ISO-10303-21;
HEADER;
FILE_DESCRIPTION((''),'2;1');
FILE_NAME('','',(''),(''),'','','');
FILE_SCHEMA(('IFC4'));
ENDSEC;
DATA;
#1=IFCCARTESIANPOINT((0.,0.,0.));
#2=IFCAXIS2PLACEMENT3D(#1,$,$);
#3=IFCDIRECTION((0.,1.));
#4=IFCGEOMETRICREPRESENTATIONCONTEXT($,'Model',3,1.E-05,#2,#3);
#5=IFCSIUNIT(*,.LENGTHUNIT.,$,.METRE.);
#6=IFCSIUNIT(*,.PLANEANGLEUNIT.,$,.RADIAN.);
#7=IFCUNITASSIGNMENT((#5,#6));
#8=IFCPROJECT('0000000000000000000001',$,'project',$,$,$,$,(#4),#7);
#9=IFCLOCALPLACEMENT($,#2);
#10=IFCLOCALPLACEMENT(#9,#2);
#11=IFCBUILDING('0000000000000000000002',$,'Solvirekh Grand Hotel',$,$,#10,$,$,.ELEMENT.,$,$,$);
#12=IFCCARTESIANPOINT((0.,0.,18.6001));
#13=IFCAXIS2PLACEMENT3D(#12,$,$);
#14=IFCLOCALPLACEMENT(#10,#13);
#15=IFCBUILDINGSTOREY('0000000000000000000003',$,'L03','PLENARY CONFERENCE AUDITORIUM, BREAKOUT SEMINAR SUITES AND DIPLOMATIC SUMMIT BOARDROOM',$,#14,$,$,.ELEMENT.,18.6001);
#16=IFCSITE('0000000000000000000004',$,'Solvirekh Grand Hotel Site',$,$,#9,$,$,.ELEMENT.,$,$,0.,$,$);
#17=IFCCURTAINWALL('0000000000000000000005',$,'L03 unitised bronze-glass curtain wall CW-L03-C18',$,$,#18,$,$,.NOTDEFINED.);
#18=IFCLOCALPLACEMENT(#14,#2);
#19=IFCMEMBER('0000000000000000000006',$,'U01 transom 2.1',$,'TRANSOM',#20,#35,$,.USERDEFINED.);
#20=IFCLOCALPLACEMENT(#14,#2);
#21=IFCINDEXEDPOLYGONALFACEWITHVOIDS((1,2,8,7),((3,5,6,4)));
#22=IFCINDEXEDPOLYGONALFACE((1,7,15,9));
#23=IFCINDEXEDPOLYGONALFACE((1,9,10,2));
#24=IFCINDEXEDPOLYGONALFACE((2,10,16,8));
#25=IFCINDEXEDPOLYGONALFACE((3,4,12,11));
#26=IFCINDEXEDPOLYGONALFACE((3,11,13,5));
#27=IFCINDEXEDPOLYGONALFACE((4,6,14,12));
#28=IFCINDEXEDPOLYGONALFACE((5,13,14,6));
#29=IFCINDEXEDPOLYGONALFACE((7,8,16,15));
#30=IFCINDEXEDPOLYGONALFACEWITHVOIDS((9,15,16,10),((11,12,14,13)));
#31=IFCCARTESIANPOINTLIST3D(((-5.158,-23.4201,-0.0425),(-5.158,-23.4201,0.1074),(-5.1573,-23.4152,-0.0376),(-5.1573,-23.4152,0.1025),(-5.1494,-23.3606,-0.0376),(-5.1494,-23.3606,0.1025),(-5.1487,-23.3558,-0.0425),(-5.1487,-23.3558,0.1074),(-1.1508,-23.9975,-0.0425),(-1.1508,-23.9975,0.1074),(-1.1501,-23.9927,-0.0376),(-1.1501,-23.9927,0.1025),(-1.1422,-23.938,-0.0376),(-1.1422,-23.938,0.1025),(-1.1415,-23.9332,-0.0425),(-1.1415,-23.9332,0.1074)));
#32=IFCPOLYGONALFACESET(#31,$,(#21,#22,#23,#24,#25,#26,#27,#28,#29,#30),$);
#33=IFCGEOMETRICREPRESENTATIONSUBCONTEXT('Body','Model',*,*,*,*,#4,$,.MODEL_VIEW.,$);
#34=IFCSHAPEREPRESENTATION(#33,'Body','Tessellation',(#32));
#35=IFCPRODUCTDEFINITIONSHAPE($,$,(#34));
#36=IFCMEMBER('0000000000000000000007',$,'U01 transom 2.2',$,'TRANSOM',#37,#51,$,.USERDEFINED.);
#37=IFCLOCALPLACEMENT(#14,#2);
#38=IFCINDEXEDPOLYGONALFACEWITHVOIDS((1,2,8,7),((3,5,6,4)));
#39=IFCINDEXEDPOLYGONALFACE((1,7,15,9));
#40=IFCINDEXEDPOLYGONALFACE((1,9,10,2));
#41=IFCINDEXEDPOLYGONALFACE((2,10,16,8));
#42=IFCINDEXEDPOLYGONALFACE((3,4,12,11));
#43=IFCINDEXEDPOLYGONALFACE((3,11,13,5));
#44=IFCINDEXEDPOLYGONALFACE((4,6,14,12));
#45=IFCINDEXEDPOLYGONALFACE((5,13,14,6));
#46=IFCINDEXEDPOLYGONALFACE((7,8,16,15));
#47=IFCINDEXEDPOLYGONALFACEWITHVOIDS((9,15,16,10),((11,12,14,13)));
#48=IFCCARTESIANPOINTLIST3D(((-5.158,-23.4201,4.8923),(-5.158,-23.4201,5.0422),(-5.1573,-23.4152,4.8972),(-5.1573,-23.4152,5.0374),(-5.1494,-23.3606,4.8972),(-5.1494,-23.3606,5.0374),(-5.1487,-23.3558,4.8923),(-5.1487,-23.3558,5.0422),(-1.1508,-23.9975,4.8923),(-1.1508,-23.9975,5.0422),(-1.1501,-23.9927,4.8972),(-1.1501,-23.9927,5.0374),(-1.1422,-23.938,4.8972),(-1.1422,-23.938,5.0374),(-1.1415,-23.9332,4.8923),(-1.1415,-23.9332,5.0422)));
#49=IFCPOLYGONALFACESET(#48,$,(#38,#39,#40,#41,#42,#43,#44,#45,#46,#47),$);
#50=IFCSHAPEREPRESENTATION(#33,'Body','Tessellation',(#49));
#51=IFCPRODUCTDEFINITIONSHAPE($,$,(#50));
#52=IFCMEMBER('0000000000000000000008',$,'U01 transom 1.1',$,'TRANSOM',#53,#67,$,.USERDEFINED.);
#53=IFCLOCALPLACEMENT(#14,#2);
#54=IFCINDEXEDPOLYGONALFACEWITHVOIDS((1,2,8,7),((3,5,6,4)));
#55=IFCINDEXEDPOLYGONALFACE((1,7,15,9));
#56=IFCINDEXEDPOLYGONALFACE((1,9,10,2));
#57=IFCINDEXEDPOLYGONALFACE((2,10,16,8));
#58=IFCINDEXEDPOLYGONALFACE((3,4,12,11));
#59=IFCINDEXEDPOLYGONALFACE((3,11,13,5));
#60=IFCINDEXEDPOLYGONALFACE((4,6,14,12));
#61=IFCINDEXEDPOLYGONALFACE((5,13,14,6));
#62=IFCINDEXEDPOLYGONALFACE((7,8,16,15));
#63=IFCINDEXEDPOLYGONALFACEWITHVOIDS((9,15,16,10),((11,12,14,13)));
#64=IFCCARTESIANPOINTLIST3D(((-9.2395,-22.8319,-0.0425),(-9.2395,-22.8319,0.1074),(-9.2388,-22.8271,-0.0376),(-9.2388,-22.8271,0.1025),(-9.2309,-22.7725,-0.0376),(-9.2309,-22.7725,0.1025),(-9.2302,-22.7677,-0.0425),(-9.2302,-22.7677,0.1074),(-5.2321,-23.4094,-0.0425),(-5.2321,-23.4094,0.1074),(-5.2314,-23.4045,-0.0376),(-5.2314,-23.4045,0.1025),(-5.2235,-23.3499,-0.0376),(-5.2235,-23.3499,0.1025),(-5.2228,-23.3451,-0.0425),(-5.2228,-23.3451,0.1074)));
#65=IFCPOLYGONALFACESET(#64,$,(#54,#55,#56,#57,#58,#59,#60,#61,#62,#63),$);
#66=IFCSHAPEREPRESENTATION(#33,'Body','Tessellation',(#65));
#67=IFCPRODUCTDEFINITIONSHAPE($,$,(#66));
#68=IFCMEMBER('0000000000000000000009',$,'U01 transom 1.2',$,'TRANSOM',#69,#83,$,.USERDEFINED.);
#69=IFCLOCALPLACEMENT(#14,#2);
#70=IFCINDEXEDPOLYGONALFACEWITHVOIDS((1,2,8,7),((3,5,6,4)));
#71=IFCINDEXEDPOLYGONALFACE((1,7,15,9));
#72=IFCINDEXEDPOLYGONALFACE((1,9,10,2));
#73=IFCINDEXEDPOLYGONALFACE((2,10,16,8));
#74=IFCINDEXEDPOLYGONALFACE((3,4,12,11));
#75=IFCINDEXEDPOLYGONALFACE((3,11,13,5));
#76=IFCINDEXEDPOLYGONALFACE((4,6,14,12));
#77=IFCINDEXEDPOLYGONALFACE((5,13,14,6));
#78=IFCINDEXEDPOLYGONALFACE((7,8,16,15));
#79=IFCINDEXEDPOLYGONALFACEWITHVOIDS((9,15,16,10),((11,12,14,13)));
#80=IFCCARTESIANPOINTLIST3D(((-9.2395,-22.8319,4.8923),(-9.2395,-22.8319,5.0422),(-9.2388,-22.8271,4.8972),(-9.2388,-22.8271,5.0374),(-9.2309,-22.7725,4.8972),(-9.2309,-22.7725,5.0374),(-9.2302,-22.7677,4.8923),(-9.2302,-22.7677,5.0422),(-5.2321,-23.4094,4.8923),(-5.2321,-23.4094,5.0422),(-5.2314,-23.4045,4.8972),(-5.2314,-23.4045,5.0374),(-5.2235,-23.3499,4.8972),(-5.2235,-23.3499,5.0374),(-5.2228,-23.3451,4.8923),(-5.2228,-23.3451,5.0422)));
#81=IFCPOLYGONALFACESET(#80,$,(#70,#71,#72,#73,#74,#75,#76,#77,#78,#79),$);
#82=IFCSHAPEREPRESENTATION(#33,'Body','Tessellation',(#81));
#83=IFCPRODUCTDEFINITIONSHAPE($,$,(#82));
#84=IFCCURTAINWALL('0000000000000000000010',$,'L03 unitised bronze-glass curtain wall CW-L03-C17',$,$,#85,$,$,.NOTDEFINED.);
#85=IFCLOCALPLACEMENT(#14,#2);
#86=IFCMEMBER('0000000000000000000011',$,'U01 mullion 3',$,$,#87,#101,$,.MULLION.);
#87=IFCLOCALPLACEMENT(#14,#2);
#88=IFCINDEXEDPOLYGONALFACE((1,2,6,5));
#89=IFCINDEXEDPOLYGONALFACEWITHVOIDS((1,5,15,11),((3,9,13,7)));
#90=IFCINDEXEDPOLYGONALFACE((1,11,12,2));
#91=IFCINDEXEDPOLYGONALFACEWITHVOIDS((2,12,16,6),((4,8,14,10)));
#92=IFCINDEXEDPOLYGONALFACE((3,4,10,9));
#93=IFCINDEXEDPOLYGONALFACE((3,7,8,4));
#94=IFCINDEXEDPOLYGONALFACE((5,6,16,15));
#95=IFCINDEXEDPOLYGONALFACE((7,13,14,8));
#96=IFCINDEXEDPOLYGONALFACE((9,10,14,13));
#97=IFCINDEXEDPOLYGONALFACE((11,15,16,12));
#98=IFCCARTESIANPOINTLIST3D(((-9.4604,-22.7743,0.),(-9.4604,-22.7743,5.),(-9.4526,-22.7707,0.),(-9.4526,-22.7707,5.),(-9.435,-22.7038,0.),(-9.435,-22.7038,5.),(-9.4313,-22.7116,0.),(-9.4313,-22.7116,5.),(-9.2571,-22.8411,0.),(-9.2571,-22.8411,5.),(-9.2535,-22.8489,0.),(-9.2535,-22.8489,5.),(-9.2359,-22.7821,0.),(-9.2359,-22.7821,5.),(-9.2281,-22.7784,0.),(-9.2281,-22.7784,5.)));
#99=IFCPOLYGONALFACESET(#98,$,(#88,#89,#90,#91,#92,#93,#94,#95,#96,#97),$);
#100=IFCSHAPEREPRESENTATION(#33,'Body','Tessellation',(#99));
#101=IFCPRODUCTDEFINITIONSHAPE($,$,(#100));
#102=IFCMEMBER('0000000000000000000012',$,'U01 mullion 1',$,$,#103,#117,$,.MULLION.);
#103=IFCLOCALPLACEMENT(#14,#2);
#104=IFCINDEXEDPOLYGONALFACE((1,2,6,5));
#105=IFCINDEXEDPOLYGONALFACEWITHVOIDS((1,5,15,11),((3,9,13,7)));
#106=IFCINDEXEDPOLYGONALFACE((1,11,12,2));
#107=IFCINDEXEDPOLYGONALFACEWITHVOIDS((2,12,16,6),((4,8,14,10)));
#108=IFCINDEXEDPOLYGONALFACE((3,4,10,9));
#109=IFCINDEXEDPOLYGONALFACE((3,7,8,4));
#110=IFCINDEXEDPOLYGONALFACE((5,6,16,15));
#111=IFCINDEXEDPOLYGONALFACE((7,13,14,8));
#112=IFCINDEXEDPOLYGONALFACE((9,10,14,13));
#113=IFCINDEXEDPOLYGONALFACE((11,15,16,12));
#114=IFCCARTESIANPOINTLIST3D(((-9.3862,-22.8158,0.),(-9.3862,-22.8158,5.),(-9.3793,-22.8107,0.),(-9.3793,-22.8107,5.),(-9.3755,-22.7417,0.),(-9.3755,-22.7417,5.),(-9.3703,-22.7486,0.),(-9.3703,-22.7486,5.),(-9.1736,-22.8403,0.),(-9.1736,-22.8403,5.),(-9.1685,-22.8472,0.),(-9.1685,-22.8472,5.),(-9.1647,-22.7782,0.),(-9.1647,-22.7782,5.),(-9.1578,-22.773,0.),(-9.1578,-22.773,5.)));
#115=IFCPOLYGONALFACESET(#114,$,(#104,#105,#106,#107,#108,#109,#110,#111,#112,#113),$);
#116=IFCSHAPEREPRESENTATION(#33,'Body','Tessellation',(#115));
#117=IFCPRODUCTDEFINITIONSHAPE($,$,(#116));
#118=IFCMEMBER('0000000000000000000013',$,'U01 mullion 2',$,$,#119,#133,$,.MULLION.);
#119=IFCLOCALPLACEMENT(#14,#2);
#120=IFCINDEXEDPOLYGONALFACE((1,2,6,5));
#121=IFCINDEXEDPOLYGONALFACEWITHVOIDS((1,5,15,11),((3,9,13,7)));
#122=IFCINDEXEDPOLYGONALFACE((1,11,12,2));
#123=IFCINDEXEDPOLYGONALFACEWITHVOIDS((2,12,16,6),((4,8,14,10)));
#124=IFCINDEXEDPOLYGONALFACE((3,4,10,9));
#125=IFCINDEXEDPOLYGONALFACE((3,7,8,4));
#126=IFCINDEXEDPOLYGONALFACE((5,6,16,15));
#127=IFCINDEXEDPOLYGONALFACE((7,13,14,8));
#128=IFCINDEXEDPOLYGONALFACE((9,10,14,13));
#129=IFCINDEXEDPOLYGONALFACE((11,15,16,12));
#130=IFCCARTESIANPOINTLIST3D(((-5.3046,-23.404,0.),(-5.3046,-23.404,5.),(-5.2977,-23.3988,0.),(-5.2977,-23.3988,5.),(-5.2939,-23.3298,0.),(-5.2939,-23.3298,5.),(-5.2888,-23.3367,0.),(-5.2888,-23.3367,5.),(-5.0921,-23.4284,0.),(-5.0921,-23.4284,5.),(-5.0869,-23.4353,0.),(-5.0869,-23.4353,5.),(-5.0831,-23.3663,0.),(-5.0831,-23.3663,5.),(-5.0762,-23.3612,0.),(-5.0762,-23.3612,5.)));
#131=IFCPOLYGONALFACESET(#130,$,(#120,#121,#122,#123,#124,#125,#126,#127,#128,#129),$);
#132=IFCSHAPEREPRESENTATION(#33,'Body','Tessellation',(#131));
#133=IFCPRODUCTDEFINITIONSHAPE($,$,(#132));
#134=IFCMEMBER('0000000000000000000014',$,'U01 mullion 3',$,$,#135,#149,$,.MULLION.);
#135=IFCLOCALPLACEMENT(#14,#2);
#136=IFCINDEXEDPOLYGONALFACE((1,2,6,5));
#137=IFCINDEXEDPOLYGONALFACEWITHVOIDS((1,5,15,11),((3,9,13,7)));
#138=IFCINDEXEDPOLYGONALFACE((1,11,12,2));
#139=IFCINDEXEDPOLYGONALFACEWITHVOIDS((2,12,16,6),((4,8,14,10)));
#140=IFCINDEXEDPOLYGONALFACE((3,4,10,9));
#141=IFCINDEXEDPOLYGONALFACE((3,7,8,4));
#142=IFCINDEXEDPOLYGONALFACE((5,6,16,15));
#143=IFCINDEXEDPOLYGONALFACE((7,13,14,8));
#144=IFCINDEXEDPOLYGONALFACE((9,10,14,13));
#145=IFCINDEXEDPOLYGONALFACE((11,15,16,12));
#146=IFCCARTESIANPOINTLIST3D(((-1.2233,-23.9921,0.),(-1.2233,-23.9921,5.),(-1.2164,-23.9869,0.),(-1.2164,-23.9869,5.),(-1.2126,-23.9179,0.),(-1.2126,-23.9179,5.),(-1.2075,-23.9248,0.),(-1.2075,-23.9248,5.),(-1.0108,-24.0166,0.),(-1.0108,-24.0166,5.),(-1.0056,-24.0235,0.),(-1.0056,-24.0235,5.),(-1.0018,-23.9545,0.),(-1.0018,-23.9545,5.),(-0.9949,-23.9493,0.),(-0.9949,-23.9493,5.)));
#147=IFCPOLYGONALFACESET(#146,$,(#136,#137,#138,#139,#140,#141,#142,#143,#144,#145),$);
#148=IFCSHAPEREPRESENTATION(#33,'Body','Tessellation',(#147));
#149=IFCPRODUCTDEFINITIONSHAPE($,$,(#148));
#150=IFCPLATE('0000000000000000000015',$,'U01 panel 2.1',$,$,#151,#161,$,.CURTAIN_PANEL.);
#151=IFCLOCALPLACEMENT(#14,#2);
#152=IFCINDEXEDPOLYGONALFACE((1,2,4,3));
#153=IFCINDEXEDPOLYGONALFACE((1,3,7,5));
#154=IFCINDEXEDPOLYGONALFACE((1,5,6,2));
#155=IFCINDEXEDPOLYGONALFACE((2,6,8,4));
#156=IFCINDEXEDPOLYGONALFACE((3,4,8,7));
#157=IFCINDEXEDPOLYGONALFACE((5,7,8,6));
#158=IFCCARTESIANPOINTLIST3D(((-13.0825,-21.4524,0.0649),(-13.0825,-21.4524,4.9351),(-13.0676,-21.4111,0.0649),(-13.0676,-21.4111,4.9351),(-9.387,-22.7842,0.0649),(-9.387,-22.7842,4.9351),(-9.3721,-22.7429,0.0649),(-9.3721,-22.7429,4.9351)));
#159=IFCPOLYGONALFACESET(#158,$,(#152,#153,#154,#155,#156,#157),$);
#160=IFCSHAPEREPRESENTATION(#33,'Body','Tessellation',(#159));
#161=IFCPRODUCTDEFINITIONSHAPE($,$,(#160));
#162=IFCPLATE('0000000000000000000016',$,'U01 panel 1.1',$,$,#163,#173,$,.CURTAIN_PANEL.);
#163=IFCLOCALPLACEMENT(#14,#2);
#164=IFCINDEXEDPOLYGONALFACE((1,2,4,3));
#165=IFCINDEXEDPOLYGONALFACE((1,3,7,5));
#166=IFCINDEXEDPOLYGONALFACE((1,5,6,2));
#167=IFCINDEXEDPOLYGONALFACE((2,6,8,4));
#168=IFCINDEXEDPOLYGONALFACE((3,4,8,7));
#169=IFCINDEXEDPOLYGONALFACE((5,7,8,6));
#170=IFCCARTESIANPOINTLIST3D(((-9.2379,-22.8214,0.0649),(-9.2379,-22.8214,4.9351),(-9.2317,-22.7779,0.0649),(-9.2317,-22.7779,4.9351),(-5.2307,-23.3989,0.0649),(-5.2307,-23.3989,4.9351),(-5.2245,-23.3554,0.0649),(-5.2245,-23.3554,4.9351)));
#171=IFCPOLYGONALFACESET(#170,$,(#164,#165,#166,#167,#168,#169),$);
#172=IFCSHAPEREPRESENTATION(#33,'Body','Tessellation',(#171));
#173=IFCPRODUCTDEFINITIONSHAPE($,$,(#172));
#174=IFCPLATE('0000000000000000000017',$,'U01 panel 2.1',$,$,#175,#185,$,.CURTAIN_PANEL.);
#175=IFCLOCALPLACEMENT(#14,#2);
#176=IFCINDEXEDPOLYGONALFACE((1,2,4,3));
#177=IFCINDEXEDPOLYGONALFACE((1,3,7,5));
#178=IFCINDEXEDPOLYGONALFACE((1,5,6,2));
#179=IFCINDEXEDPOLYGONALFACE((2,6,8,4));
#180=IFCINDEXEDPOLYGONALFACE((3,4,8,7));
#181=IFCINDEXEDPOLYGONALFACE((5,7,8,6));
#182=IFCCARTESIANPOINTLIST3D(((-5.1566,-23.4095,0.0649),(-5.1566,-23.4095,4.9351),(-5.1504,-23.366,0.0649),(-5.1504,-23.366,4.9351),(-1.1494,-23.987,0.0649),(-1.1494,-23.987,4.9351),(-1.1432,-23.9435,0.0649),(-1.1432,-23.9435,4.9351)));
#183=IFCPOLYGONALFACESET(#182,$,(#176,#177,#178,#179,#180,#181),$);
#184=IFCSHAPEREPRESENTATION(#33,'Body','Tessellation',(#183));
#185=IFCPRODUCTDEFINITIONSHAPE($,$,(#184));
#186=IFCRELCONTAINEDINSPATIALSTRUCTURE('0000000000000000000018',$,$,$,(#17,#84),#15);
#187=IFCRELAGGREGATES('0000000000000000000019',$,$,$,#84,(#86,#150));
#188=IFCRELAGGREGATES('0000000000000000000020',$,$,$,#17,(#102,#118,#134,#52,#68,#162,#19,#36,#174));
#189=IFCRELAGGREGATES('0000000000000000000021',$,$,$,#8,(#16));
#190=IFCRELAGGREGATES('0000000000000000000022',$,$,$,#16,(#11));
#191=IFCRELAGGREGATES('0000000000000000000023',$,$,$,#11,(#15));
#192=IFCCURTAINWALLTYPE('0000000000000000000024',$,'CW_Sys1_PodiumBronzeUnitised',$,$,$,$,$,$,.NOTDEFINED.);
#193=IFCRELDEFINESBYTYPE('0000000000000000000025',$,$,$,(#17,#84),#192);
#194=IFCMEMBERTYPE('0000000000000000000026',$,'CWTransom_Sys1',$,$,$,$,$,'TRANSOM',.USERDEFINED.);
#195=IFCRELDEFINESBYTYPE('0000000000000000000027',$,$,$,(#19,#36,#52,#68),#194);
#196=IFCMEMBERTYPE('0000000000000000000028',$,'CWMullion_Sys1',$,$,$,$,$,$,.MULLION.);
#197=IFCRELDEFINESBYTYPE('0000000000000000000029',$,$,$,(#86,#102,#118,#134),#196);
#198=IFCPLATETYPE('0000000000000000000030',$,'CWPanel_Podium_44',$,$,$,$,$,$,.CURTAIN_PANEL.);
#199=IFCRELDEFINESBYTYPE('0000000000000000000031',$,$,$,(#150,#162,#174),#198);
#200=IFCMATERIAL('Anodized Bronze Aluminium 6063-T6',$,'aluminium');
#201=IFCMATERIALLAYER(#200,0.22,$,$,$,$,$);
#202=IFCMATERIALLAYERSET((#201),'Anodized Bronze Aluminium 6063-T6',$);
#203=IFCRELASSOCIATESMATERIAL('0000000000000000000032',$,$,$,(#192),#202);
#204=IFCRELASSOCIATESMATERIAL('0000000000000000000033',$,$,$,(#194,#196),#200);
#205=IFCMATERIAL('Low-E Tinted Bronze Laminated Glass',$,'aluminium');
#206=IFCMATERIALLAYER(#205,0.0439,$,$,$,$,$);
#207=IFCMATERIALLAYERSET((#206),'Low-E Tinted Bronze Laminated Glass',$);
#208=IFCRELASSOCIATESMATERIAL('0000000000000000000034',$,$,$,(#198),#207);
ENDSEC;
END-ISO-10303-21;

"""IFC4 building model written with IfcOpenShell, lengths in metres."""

from ifc_helpers import new_model, si_unit, direction, frame, origin, origin_2d, place, context, subcontext, project, spatial, rectangle, hollow_rectangle, extrude, source, transform, mapped, material, layer, layer_set, material_profile, profile_set, type_object, element, aggregate, save


model = new_model("IFC4")

# Units and contexts
model_context = context("Model", 3, precision=1e-05, world=origin(), true_north=direction((0.0, 1.0)))
body_context = subcontext(model_context, "Body", "Model", "MODEL_VIEW")
ifc_project = project(units=[si_unit("LENGTHUNIT", "METRE"), si_unit("PLANEANGLEUNIT", "RADIAN")], contexts=[model_context])

# Site, building, storey
site_placement = place(None, origin())
site = spatial("IfcSite", under=ifc_project, at=site_placement, Name="Solvirekh Grand Hotel Site", CompositionType="ELEMENT", RefElevation=0.0)
building_placement = place(site_placement, origin())
building = spatial("IfcBuilding", under=site, at=building_placement, Name="Solvirekh Grand Hotel", CompositionType="ELEMENT")
storey_placement = place(building_placement, frame((0.0, 0.0, 18.6001)))
storey = spatial("IfcBuildingStorey", under=building, at=storey_placement, Name="L03", Description="PLENARY CONFERENCE AUDITORIUM, BREAKOUT SEMINAR SUITES AND DIPLOMATIC SUMMIT BOARDROOM", CompositionType="ELEMENT", Elevation=18.6001)

# Curtain wall, members
ifc_material_1 = material(Name="Anodized Bronze Aluminium 6063-T6", Category="aluminium")
ifc_layer_1 = layer(ifc_material_1, 0.22)
ifc_layer_set_1 = layer_set([ifc_layer_1], Name="Anodized Bronze Aluminium 6063-T6")
curtain_wall_type = type_object("IfcCurtainWallType", Name="CW_Sys1_PodiumBronzeUnitised", PredefinedType="NOTDEFINED", material=ifc_layer_set_1)
curtain_wall_1_placement = place(storey_placement, origin())
curtain_wall_1 = element("IfcCurtainWall", 1, at=curtain_wall_1_placement, inside=storey, type_object=curtain_wall_type, Name="L03 unitised bronze-glass curtain wall CW-L03-C18", PredefinedType="NOTDEFINED")
ifc_material_profile_1 = material_profile(ifc_material_1, hollow_rectangle(XDim=0.0649, YDim=0.1499, WallThickness=0.0049, at=origin_2d()), Name="ALU RHS 150X65X5")
ifc_profile_set_1 = profile_set([ifc_material_profile_1], Name="Anodized Bronze Aluminium 6063-T6")
member_type_1 = type_object("IfcMemberType", Name="CWTransom_Sys1", ElementType="TRANSOM", PredefinedType="USERDEFINED", material=ifc_profile_set_1)
shared_shape_1 = source(origin(), body_context, "Body", "SweptSolid", [
    extrude(hollow_rectangle(XDim=0.0649, YDim=0.1499, WallThickness=0.0049, at=origin_2d()), origin(), (0.0, 0.0, 1.0), 4.0486),
])
member_1_placement = place(storey_placement, frame((-5.1533, -23.3879, 0.0325), z_axis=(0.989778, -0.14262, 0.0), x_axis=(0.14262, 0.989778, 0.0)))
member_1 = element("IfcMember", 2, at=member_1_placement, type_object=member_type_1, Name="U01 transom 2.1", ObjectType="TRANSOM", PredefinedType="USERDEFINED", context=body_context, shape_type="MappedRepresentation", body=[
    mapped(shared_shape_1, transform((0.0, 0.0, 0.0), x_axis=(1.0, 0.0, 0.0), y_axis=(0.0, 1.0, 0.0), z_axis=(0.0, 0.0, 1.0), scale=1.0)),
])
member_2_placement = place(storey_placement, frame((-5.1533, -23.3879, 4.9673), z_axis=(0.989778, -0.14262, 0.0), x_axis=(0.14262, 0.989778, 0.0)))
member_2 = element("IfcMember", 3, at=member_2_placement, type_object=member_type_1, Name="U01 transom 2.2", ObjectType="TRANSOM", PredefinedType="USERDEFINED", context=body_context, shape_type="MappedRepresentation", body=[
    mapped(shared_shape_1, transform((0.0, 0.0, 0.0), x_axis=(1.0, 0.0, 0.0), y_axis=(0.0, 1.0, 0.0), z_axis=(0.0, 0.0, 1.0), scale=1.0)),
])
shared_shape_2 = source(origin(), body_context, "Body", "SweptSolid", [
    extrude(hollow_rectangle(XDim=0.0649, YDim=0.1499, WallThickness=0.0049, at=origin_2d()), origin(), (0.0, 0.0, 1.0), 4.0488),
])
member_3_placement = place(storey_placement, frame((-9.2349, -22.7998, 0.0325), z_axis=(0.989779, -0.142612, 0.0), x_axis=(0.142612, 0.989779, 0.0)))
member_3 = element("IfcMember", 4, at=member_3_placement, type_object=member_type_1, Name="U01 transom 1.1", ObjectType="TRANSOM", PredefinedType="USERDEFINED", context=body_context, shape_type="MappedRepresentation", body=[
    mapped(shared_shape_2, transform((0.0, 0.0, 0.0), x_axis=(1.0, 0.0, 0.0), y_axis=(0.0, 1.0, 0.0), z_axis=(0.0, 0.0, 1.0), scale=1.0)),
])
member_4_placement = place(storey_placement, frame((-9.2349, -22.7998, 4.9673), z_axis=(0.989779, -0.142612, 0.0), x_axis=(0.142612, 0.989779, 0.0)))
member_4 = element("IfcMember", 5, at=member_4_placement, type_object=member_type_1, Name="U01 transom 1.2", ObjectType="TRANSOM", PredefinedType="USERDEFINED", context=body_context, shape_type="MappedRepresentation", body=[
    mapped(shared_shape_2, transform((0.0, 0.0, 0.0), x_axis=(1.0, 0.0, 0.0), y_axis=(0.0, 1.0, 0.0), z_axis=(0.0, 0.0, 1.0), scale=1.0)),
])

# Curtain wall, member
curtain_wall_2_placement = place(storey_placement, origin())
curtain_wall_2 = element("IfcCurtainWall", 6, at=curtain_wall_2_placement, inside=storey, type_object=curtain_wall_type, Name="L03 unitised bronze-glass curtain wall CW-L03-C17", PredefinedType="NOTDEFINED")
ifc_material_profile_2 = material_profile(ifc_material_1, hollow_rectangle(XDim=0.075, YDim=0.22, WallThickness=0.0061, at=origin_2d()), Name="ALU RHS 220X75X6")
ifc_profile_set_2 = profile_set([ifc_material_profile_2], Name="Anodized Bronze Aluminium 6063-T6")
member_type_2 = type_object("IfcMemberType", Name="CWMullion_Sys1", PredefinedType="MULLION", material=ifc_profile_set_2)
shared_shape_3 = source(origin(), body_context, "Body", "SweptSolid", [
    extrude(hollow_rectangle(XDim=0.075, YDim=0.22, WallThickness=0.0061, at=origin_2d()), origin(), (0.0, 0.0, 1.0), 5.0),
])
member_5_placement = place(storey_placement, frame((-9.3442, -22.7764, 0.0), z_axis=(0.0, 0.0, 1.0), x_axis=(0.339039, 0.940772, 0.0)))
member_5 = element("IfcMember", 7, at=member_5_placement, type_object=member_type_2, Name="U01 mullion 3", PredefinedType="MULLION", context=body_context, shape_type="MappedRepresentation", body=[
    mapped(shared_shape_3, transform((0.0, 0.0, 0.0), x_axis=(1.0, 0.0, 0.0), y_axis=(0.0, 1.0, 0.0), z_axis=(0.0, 0.0, 1.0), scale=1.0)),
])

# Members
member_6_placement = place(storey_placement, frame((-9.272, -22.7944, 0.0), z_axis=(0.0, 0.0, 1.0), x_axis=(0.142632, 0.989776, 0.0)))
member_6 = element("IfcMember", 8, at=member_6_placement, type_object=member_type_2, Name="U01 mullion 1", PredefinedType="MULLION", context=body_context, shape_type="MappedRepresentation", body=[
    mapped(shared_shape_3, transform((0.0, 0.0, 0.0), x_axis=(1.0, 0.0, 0.0), y_axis=(0.0, 1.0, 0.0), z_axis=(0.0, 0.0, 1.0), scale=1.0)),
])
member_7_placement = place(storey_placement, frame((-5.1904, -23.3826, 0.0), z_axis=(0.0, 0.0, 1.0), x_axis=(0.142632, 0.989776, 0.0)))
member_7 = element("IfcMember", 9, at=member_7_placement, type_object=member_type_2, Name="U01 mullion 2", PredefinedType="MULLION", context=body_context, shape_type="MappedRepresentation", body=[
    mapped(shared_shape_3, transform((0.0, 0.0, 0.0), x_axis=(1.0, 0.0, 0.0), y_axis=(0.0, 1.0, 0.0), z_axis=(0.0, 0.0, 1.0), scale=1.0)),
])
member_8_placement = place(storey_placement, frame((-1.1091, -23.9707, 0.0), z_axis=(0.0, 0.0, 1.0), x_axis=(0.142632, 0.989776, 0.0)))
member_8 = element("IfcMember", 10, at=member_8_placement, type_object=member_type_2, Name="U01 mullion 3", PredefinedType="MULLION", context=body_context, shape_type="MappedRepresentation", body=[
    mapped(shared_shape_3, transform((0.0, 0.0, 0.0), x_axis=(1.0, 0.0, 0.0), y_axis=(0.0, 1.0, 0.0), z_axis=(0.0, 0.0, 1.0), scale=1.0)),
])

# Plates
ifc_material_2 = material(Name="Low-E Tinted Bronze Laminated Glass", Category="aluminium")
ifc_layer_2 = layer(ifc_material_2, 0.0439)
ifc_layer_set_2 = layer_set([ifc_layer_2], Name="Low-E Tinted Bronze Laminated Glass")
plate_type = type_object("IfcPlateType", Name="CWPanel_Podium_44", PredefinedType="CURTAIN_PANEL", material=ifc_layer_set_2)
shared_shape_4 = source(origin(), body_context, "Body", "SweptSolid", [
    extrude(rectangle(XDim=3.9282, YDim=0.0439, at=origin_2d()), origin(), (0.0, 0.0, 1.0), 4.8701),
])
plate_1_placement = place(storey_placement, frame((-11.2273, -22.0977, 0.0649), z_axis=(0.0, 0.0, 1.0), x_axis=(0.940772, -0.339039, 0.0)))
plate_1 = element("IfcPlate", 11, at=plate_1_placement, type_object=plate_type, Name="U01 panel 2.1", PredefinedType="CURTAIN_PANEL", context=body_context, shape_type="MappedRepresentation", body=[
    mapped(shared_shape_4, transform((0.0, 0.0, 0.0), x_axis=(1.0, 0.0, 0.0), y_axis=(0.0, 1.0, 0.0), z_axis=(0.0, 0.0, 1.0), scale=1.0)),
])
aggregate(curtain_wall_2, [member_5, plate_1])
shared_shape_5 = source(origin(), body_context, "Body", "SweptSolid", [
    extrude(rectangle(XDim=4.0486, YDim=0.0439, at=origin_2d()), origin(), (0.0, 0.0, 1.0), 4.8701),
])
plate_2_placement = place(storey_placement, frame((-7.2312, -23.0884, 0.0649), z_axis=(0.0, 0.0, 1.0), x_axis=(0.989776, -0.142632, 0.0)))
plate_2 = element("IfcPlate", 12, at=plate_2_placement, type_object=plate_type, Name="U01 panel 1.1", PredefinedType="CURTAIN_PANEL", context=body_context, shape_type="MappedRepresentation", body=[
    mapped(shared_shape_5, transform((0.0, 0.0, 0.0), x_axis=(1.0, 0.0, 0.0), y_axis=(0.0, 1.0, 0.0), z_axis=(0.0, 0.0, 1.0), scale=1.0)),
])
plate_3_placement = place(storey_placement, frame((-3.1499, -23.6765, 0.0649), z_axis=(0.0, 0.0, 1.0), x_axis=(0.989776, -0.142632, 0.0)))
plate_3 = element("IfcPlate", 13, at=plate_3_placement, type_object=plate_type, Name="U01 panel 2.1", PredefinedType="CURTAIN_PANEL", context=body_context, shape_type="MappedRepresentation", body=[
    mapped(shared_shape_5, transform((0.0, 0.0, 0.0), x_axis=(1.0, 0.0, 0.0), y_axis=(0.0, 1.0, 0.0), z_axis=(0.0, 0.0, 1.0), scale=1.0)),
])
aggregate(curtain_wall_1, [member_6, member_7, member_8, member_3, member_4, plate_2, member_1, member_2, plate_3])

save(model, "model.ifc")
